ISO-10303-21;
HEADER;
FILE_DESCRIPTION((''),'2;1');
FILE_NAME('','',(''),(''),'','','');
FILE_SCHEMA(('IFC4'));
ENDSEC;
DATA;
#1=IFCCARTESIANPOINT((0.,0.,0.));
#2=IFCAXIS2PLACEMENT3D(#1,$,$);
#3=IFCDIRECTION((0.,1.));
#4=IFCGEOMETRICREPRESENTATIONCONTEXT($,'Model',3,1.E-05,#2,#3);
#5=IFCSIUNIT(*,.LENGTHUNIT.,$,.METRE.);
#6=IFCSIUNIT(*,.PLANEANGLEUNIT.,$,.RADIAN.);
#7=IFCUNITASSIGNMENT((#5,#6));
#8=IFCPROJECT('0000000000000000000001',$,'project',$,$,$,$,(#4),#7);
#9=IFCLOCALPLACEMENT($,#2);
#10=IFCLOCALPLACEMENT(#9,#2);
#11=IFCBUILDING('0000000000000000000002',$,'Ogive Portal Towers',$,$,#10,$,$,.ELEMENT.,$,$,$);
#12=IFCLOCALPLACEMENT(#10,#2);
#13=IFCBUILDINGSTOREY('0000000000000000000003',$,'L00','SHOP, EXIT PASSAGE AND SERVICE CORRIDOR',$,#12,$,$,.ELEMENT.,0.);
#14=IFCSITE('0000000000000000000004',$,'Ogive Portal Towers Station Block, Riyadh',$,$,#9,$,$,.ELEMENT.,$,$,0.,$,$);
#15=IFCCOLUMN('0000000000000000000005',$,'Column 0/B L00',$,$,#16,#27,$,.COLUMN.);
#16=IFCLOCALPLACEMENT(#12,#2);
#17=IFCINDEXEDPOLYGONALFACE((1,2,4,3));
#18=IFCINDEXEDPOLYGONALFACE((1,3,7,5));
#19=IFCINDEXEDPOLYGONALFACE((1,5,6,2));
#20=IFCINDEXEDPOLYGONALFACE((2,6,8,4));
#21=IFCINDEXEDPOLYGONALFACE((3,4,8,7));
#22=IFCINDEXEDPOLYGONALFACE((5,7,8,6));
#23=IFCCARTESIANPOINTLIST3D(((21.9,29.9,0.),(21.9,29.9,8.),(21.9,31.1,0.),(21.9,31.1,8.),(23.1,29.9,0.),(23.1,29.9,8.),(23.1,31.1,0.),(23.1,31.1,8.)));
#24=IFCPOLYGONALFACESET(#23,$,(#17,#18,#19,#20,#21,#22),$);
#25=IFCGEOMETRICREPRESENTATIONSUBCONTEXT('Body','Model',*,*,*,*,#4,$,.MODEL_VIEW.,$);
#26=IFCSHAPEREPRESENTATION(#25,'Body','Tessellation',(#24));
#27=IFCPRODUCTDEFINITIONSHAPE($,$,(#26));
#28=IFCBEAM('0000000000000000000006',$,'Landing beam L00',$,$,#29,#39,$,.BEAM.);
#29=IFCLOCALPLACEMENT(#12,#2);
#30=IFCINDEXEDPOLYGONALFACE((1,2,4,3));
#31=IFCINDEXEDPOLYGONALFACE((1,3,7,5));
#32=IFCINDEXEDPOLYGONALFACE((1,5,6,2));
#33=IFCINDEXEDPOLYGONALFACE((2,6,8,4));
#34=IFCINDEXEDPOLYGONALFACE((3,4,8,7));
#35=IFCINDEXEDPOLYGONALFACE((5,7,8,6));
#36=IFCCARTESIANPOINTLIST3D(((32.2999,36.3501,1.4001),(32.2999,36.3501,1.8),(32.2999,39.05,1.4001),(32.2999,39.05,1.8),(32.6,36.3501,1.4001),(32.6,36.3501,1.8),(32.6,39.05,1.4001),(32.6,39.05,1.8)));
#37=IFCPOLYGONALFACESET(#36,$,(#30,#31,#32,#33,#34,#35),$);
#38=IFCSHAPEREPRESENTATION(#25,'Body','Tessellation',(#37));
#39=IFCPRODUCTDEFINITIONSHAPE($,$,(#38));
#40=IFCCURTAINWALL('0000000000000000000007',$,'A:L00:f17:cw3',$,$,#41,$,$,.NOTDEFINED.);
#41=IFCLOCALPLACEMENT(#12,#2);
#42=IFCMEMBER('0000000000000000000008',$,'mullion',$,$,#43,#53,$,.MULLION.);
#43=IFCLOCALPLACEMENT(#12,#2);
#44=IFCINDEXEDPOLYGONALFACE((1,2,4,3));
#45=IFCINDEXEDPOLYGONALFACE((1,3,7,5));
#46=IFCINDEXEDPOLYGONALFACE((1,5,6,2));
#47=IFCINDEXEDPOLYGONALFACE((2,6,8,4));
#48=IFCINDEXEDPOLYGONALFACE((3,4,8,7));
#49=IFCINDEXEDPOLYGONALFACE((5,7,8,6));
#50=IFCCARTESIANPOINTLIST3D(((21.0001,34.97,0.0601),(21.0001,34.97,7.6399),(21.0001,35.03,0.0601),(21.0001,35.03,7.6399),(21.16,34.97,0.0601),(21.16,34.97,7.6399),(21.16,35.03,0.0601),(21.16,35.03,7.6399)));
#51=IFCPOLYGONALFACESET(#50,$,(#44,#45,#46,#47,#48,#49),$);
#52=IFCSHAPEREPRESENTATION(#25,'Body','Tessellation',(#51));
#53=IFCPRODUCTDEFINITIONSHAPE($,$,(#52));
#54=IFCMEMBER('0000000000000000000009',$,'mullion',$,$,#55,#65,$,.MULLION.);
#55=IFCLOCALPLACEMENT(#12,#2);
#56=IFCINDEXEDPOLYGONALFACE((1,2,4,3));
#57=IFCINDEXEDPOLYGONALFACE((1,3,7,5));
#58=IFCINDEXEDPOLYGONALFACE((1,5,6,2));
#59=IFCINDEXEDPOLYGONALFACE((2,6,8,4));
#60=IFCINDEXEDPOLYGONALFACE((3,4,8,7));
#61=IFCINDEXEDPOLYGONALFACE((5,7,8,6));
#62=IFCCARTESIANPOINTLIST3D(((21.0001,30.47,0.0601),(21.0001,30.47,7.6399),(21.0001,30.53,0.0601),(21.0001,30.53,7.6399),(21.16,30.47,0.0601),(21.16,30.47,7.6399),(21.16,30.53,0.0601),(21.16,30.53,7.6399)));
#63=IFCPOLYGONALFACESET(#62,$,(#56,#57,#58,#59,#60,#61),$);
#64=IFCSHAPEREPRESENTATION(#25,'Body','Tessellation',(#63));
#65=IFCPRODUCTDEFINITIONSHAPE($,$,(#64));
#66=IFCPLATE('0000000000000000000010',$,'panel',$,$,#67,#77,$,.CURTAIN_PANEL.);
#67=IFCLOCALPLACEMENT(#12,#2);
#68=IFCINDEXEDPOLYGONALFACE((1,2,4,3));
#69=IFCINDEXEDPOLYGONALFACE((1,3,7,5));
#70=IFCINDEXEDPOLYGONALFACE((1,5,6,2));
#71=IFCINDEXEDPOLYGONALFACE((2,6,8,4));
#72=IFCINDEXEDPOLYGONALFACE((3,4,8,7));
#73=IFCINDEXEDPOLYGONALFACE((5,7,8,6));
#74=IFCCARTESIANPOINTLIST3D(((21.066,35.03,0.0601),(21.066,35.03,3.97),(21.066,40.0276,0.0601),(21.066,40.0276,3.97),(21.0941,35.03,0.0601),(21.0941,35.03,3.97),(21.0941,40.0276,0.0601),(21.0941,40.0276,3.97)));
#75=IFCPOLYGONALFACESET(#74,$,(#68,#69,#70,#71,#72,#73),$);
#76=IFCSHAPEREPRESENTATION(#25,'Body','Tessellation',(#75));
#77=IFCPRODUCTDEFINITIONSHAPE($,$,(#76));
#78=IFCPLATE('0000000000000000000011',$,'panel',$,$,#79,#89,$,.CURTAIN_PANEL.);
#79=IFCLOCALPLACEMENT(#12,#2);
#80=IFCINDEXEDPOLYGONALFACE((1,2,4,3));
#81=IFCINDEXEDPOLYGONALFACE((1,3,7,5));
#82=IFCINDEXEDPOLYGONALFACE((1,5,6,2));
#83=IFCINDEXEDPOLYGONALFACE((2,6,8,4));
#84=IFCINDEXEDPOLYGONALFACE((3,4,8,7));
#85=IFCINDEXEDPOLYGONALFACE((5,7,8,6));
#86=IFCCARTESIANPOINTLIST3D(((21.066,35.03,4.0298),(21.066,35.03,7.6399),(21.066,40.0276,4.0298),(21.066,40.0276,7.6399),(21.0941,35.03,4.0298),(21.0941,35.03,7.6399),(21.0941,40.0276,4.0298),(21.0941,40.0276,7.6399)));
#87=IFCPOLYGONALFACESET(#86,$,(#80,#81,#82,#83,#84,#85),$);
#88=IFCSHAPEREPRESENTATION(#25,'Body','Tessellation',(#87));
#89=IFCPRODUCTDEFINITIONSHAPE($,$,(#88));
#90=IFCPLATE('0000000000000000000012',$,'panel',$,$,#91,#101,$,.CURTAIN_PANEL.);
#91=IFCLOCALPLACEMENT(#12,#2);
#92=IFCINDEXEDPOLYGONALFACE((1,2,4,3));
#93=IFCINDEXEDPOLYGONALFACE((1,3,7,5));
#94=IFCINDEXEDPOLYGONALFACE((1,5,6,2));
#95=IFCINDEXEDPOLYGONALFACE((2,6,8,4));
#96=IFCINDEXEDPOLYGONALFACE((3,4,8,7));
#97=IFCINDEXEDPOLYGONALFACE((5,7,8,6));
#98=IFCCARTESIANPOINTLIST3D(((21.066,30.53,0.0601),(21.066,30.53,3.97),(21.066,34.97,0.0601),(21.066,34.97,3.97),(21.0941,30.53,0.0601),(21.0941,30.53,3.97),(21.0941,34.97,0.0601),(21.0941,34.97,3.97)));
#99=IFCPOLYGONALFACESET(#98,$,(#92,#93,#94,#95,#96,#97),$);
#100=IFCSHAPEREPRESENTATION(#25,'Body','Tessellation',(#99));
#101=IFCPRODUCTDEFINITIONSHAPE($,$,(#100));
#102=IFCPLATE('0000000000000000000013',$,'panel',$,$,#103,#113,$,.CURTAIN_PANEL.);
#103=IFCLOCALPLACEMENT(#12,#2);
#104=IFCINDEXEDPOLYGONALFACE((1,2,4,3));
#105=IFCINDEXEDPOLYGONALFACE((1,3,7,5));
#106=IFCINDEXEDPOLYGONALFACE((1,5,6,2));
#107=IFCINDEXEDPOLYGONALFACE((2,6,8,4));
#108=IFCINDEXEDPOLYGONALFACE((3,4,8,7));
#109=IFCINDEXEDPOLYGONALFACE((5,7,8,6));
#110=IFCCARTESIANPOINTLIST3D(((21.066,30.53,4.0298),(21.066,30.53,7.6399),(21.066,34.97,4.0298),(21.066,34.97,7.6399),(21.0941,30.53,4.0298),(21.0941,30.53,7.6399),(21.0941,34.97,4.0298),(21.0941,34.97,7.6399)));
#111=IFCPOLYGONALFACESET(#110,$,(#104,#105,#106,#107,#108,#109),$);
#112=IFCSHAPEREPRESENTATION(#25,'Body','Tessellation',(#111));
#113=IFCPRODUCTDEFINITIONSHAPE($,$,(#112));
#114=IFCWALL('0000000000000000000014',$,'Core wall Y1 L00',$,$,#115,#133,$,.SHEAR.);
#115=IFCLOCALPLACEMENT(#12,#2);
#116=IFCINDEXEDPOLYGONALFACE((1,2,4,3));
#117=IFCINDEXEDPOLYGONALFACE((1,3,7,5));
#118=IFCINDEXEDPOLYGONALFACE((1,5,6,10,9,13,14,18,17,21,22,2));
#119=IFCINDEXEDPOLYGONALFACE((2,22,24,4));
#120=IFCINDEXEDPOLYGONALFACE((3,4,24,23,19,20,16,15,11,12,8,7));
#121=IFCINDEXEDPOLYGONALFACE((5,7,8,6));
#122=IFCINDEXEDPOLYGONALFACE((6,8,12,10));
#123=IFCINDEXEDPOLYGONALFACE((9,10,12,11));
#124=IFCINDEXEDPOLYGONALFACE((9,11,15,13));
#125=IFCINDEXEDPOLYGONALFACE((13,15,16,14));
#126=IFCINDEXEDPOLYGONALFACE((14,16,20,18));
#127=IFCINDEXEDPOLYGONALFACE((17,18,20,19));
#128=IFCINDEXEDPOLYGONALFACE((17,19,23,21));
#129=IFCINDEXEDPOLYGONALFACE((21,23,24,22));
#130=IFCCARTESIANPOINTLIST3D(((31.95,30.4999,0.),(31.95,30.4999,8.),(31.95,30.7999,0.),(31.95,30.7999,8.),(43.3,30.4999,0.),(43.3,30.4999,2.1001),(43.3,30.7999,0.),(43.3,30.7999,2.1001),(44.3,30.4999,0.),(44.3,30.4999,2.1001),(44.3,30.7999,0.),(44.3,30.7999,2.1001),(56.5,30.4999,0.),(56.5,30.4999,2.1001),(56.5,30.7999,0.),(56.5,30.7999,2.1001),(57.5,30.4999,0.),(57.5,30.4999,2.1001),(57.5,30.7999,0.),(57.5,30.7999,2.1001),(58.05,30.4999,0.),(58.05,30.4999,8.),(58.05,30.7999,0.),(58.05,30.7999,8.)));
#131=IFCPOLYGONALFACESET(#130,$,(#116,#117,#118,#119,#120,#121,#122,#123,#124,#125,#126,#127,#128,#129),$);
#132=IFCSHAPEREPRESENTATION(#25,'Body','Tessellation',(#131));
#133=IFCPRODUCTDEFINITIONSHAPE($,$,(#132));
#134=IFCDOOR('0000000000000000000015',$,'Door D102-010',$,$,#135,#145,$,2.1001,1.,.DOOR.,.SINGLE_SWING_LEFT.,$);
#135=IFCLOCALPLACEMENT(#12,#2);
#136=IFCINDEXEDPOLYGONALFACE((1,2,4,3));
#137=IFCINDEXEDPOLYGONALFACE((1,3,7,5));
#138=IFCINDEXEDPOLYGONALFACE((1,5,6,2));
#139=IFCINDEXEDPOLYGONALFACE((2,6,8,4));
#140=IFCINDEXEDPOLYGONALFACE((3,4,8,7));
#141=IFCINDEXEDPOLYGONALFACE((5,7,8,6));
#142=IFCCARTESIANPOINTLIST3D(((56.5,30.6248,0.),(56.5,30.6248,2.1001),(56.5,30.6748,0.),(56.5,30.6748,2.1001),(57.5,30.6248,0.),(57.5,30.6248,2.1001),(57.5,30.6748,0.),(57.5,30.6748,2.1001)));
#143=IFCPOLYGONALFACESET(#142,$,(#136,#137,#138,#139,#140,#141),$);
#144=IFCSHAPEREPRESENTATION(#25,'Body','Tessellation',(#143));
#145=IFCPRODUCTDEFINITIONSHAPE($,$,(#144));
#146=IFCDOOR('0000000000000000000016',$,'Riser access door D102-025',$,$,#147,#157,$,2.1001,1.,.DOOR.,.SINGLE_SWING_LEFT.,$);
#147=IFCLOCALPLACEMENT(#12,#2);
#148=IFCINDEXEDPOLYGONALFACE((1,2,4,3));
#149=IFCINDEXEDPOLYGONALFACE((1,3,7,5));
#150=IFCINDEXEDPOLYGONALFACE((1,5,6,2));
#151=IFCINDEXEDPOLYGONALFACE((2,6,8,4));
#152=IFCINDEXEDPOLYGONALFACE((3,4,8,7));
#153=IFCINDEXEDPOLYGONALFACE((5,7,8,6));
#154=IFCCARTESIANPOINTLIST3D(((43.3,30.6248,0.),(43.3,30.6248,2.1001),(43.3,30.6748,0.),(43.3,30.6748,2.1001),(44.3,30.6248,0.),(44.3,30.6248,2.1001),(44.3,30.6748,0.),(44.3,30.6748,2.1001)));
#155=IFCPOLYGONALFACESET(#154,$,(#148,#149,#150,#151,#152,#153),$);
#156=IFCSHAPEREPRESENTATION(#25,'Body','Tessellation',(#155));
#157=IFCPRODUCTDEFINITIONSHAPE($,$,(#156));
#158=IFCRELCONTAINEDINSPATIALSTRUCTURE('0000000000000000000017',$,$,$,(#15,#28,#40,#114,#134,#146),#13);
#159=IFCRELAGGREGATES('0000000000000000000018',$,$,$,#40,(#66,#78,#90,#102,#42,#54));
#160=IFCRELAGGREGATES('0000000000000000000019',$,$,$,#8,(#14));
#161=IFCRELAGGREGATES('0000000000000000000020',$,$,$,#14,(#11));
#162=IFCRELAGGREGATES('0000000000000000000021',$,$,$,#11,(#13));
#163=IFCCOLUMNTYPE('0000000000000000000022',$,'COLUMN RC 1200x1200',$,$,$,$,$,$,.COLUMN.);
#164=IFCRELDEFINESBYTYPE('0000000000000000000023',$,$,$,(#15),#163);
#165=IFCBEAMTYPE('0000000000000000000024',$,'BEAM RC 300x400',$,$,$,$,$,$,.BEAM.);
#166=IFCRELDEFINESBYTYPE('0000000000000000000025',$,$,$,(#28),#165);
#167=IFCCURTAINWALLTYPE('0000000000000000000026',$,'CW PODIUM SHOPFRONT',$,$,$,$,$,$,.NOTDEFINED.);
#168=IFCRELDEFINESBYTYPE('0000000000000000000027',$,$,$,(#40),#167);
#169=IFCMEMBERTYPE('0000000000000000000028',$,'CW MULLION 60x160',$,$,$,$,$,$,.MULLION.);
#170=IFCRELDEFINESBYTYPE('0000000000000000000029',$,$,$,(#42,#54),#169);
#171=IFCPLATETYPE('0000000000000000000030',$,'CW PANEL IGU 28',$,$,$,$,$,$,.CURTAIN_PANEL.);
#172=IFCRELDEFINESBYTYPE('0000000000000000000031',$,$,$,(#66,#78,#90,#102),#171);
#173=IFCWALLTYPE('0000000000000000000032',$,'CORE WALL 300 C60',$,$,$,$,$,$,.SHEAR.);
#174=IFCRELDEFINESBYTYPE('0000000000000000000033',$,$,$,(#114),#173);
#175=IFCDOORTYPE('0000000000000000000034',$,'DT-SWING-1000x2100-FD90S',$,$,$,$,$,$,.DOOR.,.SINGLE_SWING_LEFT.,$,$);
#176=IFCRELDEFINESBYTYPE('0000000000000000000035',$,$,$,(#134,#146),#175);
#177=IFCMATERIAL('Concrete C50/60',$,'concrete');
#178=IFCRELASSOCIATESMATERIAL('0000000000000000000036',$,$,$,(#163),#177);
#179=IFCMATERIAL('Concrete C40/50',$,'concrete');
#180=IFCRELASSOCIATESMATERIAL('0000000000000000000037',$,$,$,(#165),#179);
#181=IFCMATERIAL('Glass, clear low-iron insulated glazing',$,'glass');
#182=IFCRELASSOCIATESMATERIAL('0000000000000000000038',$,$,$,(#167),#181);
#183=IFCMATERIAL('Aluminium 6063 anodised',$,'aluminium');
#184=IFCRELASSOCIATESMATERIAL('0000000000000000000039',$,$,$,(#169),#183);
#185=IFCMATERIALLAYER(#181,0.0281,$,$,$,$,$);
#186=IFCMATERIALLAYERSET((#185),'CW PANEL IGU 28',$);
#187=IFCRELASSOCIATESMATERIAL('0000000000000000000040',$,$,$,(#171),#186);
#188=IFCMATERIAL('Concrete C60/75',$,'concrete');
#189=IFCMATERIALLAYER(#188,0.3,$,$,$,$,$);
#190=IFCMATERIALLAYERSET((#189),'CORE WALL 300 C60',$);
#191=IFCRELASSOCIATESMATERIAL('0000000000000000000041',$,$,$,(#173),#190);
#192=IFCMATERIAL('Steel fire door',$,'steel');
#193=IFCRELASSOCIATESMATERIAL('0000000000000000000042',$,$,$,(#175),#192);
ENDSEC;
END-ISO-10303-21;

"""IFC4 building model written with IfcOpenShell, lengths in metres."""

from ifc_helpers import new_model, si_unit, direction, frame, frame_2d, origin, origin_2d, place, context, subcontext, project, spatial, rectangle, extrude, material, layer, layer_set, material_profile, profile_set, type_object, element, fill, aggregate, save


model = new_model("IFC4")

# Units and contexts
model_context = context("Model", 3, precision=1e-05, world=origin(), true_north=direction((0.0, 1.0)))
body_context = subcontext(model_context, "Body", "Model", "MODEL_VIEW")
ifc_project = project(units=[si_unit("LENGTHUNIT", "METRE"), si_unit("PLANEANGLEUNIT", "RADIAN")], contexts=[model_context])

# Site, building, storey
site_placement = place(None, origin())
site = spatial("IfcSite", under=ifc_project, at=site_placement, Name="Ogive Portal Towers Station Block, Riyadh", CompositionType="ELEMENT", RefElevation=0.0)
building_placement = place(site_placement, origin())
building = spatial("IfcBuilding", under=site, at=building_placement, Name="Ogive Portal Towers", CompositionType="ELEMENT")
storey_placement = place(building_placement, origin())
storey = spatial("IfcBuildingStorey", under=building, at=storey_placement, Name="L00", Description="SHOP, EXIT PASSAGE AND SERVICE CORRIDOR", CompositionType="ELEMENT", Elevation=0.0)

# Column
ifc_material_1 = material(Name="Concrete C50/60", Category="concrete")
ifc_material_profile_1 = material_profile(ifc_material_1, rectangle(XDim=1.2, YDim=1.2, at=origin_2d()), Name="RC 1200x1200")
ifc_profile_set_1 = profile_set([ifc_material_profile_1], Name="Concrete C50/60")
column_type = type_object("IfcColumnType", Name="COLUMN RC 1200x1200", PredefinedType="COLUMN", material=ifc_profile_set_1)
column_placement = place(storey_placement, frame((22.5, 30.5, 0.0), z_axis=(0.0, 0.0, 1.0), x_axis=(1.0, 0.0, 0.0)))
element("IfcColumn", 1, at=column_placement, inside=storey, type_object=column_type, Name="Column 0/B L00", PredefinedType="COLUMN", context=body_context, shape_type="SweptSolid", body=[
    extrude(rectangle(XDim=1.2, YDim=1.2, at=origin_2d()), origin(), (0.0, 0.0, 1.0), 8.0),
])

# Beam
ifc_material_2 = material(Name="Concrete C40/50", Category="concrete")
ifc_material_profile_2 = material_profile(ifc_material_2, rectangle(XDim=0.3, YDim=0.3999, at=origin_2d()), Name="RC 300x400")
ifc_profile_set_2 = profile_set([ifc_material_profile_2], Name="Concrete C40/50")
beam_type = type_object("IfcBeamType", Name="BEAM RC 300x400", PredefinedType="BEAM", material=ifc_profile_set_2)
beam_placement = place(storey_placement, frame((32.45, 36.3501, 1.6001), z_axis=(0.0, 1.0, 0.0), x_axis=(-1.0, 0.0, 0.0)))
element("IfcBeam", 2, at=beam_placement, inside=storey, type_object=beam_type, Name="Landing beam L00", PredefinedType="BEAM", context=body_context, shape_type="SweptSolid", body=[
    extrude(rectangle(XDim=0.3, YDim=0.3999, at=origin_2d()), origin(), (0.0, 0.0, 1.0), 2.7),
])

# Curtain wall, members, plates
ifc_material_3 = material(Name="Glass, clear low-iron insulated glazing", Category="glass")
curtain_wall_type = type_object("IfcCurtainWallType", Name="CW PODIUM SHOPFRONT", PredefinedType="NOTDEFINED", material=ifc_material_3)
curtain_wall_placement = place(storey_placement, origin())
curtain_wall = element("IfcCurtainWall", 3, at=curtain_wall_placement, inside=storey, type_object=curtain_wall_type, Name="A:L00:f17:cw3", PredefinedType="NOTDEFINED")
ifc_material_4 = material(Name="Aluminium 6063 anodised", Category="aluminium")
ifc_material_profile_3 = material_profile(ifc_material_4, rectangle(XDim=0.1599, YDim=0.0601, at=origin_2d()), Name="AL 60x160")
ifc_profile_set_3 = profile_set([ifc_material_profile_3], Name="Aluminium 6063 anodised")
member_type = type_object("IfcMemberType", Name="CW MULLION 60x160", PredefinedType="MULLION", material=ifc_profile_set_3)
member_1_placement = place(storey_placement, frame((21.0801, 35.0, 0.0601), z_axis=(0.0, 0.0, 1.0), x_axis=(1.0, 0.0, 0.0)))
member_1 = element("IfcMember", 4, at=member_1_placement, type_object=member_type, Name="mullion", PredefinedType="MULLION", context=body_context, shape_type="SweptSolid", body=[
    extrude(rectangle(XDim=0.1599, YDim=0.0601, at=origin_2d()), origin(), (0.0, 0.0, 1.0), 7.5798),
])
member_2_placement = place(storey_placement, frame((21.0801, 30.5, 0.0601), z_axis=(0.0, 0.0, 1.0), x_axis=(1.0, 0.0, 0.0)))
member_2 = element("IfcMember", 5, at=member_2_placement, type_object=member_type, Name="mullion", PredefinedType="MULLION", context=body_context, shape_type="SweptSolid", body=[
    extrude(rectangle(XDim=0.1599, YDim=0.0601, at=origin_2d()), origin(), (0.0, 0.0, 1.0), 7.5798),
])
ifc_layer_1 = layer(ifc_material_3, 0.0281)
ifc_layer_set_1 = layer_set([ifc_layer_1], Name="CW PANEL IGU 28")
plate_type = type_object("IfcPlateType", Name="CW PANEL IGU 28", PredefinedType="CURTAIN_PANEL", material=ifc_layer_set_1)
plate_1_placement = place(storey_placement, frame((21.0801, 37.5288, 0.0601), z_axis=(0.0, 0.0, 1.0), x_axis=(0.0, -1.0, 0.0)))
plate_1 = element("IfcPlate", 6, at=plate_1_placement, type_object=plate_type, Name="panel", PredefinedType="CURTAIN_PANEL", context=body_context, shape_type="SweptSolid", body=[
    extrude(rectangle(XDim=4.9976, YDim=0.0281, at=origin_2d()), origin(), (0.0, 0.0, 1.0), 3.9099),
])
plate_2_placement = place(storey_placement, frame((21.0801, 37.5288, 4.0298), z_axis=(0.0, 0.0, 1.0), x_axis=(0.0, -1.0, 0.0)))
plate_2 = element("IfcPlate", 7, at=plate_2_placement, type_object=plate_type, Name="panel", PredefinedType="CURTAIN_PANEL", context=body_context, shape_type="SweptSolid", body=[
    extrude(rectangle(XDim=4.9976, YDim=0.0281, at=origin_2d()), origin(), (0.0, 0.0, 1.0), 3.6101),
])
plate_3_placement = place(storey_placement, frame((21.0801, 32.75, 0.0601), z_axis=(0.0, 0.0, 1.0), x_axis=(0.0, -1.0, 0.0)))
plate_3 = element("IfcPlate", 8, at=plate_3_placement, type_object=plate_type, Name="panel", PredefinedType="CURTAIN_PANEL", context=body_context, shape_type="SweptSolid", body=[
    extrude(rectangle(XDim=4.4399, YDim=0.0281, at=origin_2d()), origin(), (0.0, 0.0, 1.0), 3.9099),
])
plate_4_placement = place(storey_placement, frame((21.0801, 32.75, 4.0298), z_axis=(0.0, 0.0, 1.0), x_axis=(0.0, -1.0, 0.0)))
plate_4 = element("IfcPlate", 9, at=plate_4_placement, type_object=plate_type, Name="panel", PredefinedType="CURTAIN_PANEL", context=body_context, shape_type="SweptSolid", body=[
    extrude(rectangle(XDim=4.4399, YDim=0.0281, at=origin_2d()), origin(), (0.0, 0.0, 1.0), 3.6101),
])
aggregate(curtain_wall, [plate_1, plate_2, plate_3, plate_4, member_1, member_2])

# Wall, openings, doors
ifc_material_5 = material(Name="Concrete C60/75", Category="concrete")
ifc_layer_2 = layer(ifc_material_5, 0.3)
ifc_layer_set_2 = layer_set([ifc_layer_2], Name="CORE WALL 300 C60")
wall_type_1 = type_object("IfcWallType", Name="CORE WALL 300 C60", PredefinedType="SHEAR", material=ifc_layer_set_2)
wall_1_placement = place(storey_placement, frame((31.95, 30.6499, 0.0), z_axis=(0.0, 0.0, 1.0), x_axis=(1.0, 0.0, 0.0)))
wall_1 = element("IfcWall", 10, at=wall_1_placement, inside=storey, type_object=wall_type_1, Name="Core wall Y1 L00", PredefinedType="SHEAR", context=body_context, shape_type="SweptSolid", body=[
    extrude(rectangle(XDim=26.1001, YDim=0.3, at=frame_2d((13.05, 0.0))), origin(), (0.0, 0.0, 1.0), 8.0),
])
opening_1_placement = place(wall_1_placement, frame((24.55, 0.0, 0.0)))
opening_1 = element("IfcOpeningElement", 11, at=opening_1_placement, cuts=wall_1, PredefinedType="OPENING", context=body_context, shape_type="SweptSolid", body=[
    extrude(rectangle(XDim=1.0, YDim=2.1001, at=frame_2d((0.5, 1.05))), frame((0.0, 0.1602, 0.0), z_axis=(0.0, -1.0, 0.0), x_axis=(1.0, 0.0, 0.0)), (0.0, 0.0, 1.0), 0.3201),
])
opening_2_placement = place(wall_1_placement, frame((11.3501, 0.0, 0.0)))
opening_2 = element("IfcOpeningElement", 12, at=opening_2_placement, cuts=wall_1, PredefinedType="OPENING", context=body_context, shape_type="SweptSolid", body=[
    extrude(rectangle(XDim=1.0, YDim=2.1001, at=frame_2d((0.5, 1.05))), frame((0.0, 0.1602, 0.0), z_axis=(0.0, -1.0, 0.0), x_axis=(1.0, 0.0, 0.0)), (0.0, 0.0, 1.0), 0.3201),
])
ifc_material_6 = material(Name="Steel fire door", Category="steel")
door_type_1 = type_object("IfcDoorType", Name="DT-SWING-1000x2100-FD90S", OperationType="SINGLE_SWING_LEFT", PredefinedType="DOOR", material=ifc_material_6)
door_1_placement = place(opening_1_placement, origin())
door_1 = element("IfcDoor", 13, at=door_1_placement, inside=storey, type_object=door_type_1, Name="Door D102-010", OperationType="SINGLE_SWING_LEFT", OverallHeight=2.1001, OverallWidth=1.0, PredefinedType="DOOR", context=body_context, shape_type="SweptSolid", body=[
    extrude(rectangle(XDim=1.0, YDim=2.1001, at=frame_2d((0.5, 1.05))), frame((0.0, 0.0249, 0.0), z_axis=(0.0, -1.0, 0.0), x_axis=(1.0, 0.0, 0.0)), (0.0, 0.0, 1.0), 0.05),
])
fill(opening_1, door_1)
door_2_placement = place(opening_2_placement, origin())
door_2 = element("IfcDoor", 14, at=door_2_placement, inside=storey, type_object=door_type_1, Name="Riser access door D102-025", OperationType="SINGLE_SWING_LEFT", OverallHeight=2.1001, OverallWidth=1.0, PredefinedType="DOOR", context=body_context, shape_type="SweptSolid", body=[
    extrude(rectangle(XDim=1.0, YDim=2.1001, at=frame_2d((0.5, 1.05))), frame((0.0, 0.0249, 0.0), z_axis=(0.0, -1.0, 0.0), x_axis=(1.0, 0.0, 0.0)), (0.0, 0.0, 1.0), 0.05),
])
fill(opening_2, door_2)

save(model, "model.ifc")
